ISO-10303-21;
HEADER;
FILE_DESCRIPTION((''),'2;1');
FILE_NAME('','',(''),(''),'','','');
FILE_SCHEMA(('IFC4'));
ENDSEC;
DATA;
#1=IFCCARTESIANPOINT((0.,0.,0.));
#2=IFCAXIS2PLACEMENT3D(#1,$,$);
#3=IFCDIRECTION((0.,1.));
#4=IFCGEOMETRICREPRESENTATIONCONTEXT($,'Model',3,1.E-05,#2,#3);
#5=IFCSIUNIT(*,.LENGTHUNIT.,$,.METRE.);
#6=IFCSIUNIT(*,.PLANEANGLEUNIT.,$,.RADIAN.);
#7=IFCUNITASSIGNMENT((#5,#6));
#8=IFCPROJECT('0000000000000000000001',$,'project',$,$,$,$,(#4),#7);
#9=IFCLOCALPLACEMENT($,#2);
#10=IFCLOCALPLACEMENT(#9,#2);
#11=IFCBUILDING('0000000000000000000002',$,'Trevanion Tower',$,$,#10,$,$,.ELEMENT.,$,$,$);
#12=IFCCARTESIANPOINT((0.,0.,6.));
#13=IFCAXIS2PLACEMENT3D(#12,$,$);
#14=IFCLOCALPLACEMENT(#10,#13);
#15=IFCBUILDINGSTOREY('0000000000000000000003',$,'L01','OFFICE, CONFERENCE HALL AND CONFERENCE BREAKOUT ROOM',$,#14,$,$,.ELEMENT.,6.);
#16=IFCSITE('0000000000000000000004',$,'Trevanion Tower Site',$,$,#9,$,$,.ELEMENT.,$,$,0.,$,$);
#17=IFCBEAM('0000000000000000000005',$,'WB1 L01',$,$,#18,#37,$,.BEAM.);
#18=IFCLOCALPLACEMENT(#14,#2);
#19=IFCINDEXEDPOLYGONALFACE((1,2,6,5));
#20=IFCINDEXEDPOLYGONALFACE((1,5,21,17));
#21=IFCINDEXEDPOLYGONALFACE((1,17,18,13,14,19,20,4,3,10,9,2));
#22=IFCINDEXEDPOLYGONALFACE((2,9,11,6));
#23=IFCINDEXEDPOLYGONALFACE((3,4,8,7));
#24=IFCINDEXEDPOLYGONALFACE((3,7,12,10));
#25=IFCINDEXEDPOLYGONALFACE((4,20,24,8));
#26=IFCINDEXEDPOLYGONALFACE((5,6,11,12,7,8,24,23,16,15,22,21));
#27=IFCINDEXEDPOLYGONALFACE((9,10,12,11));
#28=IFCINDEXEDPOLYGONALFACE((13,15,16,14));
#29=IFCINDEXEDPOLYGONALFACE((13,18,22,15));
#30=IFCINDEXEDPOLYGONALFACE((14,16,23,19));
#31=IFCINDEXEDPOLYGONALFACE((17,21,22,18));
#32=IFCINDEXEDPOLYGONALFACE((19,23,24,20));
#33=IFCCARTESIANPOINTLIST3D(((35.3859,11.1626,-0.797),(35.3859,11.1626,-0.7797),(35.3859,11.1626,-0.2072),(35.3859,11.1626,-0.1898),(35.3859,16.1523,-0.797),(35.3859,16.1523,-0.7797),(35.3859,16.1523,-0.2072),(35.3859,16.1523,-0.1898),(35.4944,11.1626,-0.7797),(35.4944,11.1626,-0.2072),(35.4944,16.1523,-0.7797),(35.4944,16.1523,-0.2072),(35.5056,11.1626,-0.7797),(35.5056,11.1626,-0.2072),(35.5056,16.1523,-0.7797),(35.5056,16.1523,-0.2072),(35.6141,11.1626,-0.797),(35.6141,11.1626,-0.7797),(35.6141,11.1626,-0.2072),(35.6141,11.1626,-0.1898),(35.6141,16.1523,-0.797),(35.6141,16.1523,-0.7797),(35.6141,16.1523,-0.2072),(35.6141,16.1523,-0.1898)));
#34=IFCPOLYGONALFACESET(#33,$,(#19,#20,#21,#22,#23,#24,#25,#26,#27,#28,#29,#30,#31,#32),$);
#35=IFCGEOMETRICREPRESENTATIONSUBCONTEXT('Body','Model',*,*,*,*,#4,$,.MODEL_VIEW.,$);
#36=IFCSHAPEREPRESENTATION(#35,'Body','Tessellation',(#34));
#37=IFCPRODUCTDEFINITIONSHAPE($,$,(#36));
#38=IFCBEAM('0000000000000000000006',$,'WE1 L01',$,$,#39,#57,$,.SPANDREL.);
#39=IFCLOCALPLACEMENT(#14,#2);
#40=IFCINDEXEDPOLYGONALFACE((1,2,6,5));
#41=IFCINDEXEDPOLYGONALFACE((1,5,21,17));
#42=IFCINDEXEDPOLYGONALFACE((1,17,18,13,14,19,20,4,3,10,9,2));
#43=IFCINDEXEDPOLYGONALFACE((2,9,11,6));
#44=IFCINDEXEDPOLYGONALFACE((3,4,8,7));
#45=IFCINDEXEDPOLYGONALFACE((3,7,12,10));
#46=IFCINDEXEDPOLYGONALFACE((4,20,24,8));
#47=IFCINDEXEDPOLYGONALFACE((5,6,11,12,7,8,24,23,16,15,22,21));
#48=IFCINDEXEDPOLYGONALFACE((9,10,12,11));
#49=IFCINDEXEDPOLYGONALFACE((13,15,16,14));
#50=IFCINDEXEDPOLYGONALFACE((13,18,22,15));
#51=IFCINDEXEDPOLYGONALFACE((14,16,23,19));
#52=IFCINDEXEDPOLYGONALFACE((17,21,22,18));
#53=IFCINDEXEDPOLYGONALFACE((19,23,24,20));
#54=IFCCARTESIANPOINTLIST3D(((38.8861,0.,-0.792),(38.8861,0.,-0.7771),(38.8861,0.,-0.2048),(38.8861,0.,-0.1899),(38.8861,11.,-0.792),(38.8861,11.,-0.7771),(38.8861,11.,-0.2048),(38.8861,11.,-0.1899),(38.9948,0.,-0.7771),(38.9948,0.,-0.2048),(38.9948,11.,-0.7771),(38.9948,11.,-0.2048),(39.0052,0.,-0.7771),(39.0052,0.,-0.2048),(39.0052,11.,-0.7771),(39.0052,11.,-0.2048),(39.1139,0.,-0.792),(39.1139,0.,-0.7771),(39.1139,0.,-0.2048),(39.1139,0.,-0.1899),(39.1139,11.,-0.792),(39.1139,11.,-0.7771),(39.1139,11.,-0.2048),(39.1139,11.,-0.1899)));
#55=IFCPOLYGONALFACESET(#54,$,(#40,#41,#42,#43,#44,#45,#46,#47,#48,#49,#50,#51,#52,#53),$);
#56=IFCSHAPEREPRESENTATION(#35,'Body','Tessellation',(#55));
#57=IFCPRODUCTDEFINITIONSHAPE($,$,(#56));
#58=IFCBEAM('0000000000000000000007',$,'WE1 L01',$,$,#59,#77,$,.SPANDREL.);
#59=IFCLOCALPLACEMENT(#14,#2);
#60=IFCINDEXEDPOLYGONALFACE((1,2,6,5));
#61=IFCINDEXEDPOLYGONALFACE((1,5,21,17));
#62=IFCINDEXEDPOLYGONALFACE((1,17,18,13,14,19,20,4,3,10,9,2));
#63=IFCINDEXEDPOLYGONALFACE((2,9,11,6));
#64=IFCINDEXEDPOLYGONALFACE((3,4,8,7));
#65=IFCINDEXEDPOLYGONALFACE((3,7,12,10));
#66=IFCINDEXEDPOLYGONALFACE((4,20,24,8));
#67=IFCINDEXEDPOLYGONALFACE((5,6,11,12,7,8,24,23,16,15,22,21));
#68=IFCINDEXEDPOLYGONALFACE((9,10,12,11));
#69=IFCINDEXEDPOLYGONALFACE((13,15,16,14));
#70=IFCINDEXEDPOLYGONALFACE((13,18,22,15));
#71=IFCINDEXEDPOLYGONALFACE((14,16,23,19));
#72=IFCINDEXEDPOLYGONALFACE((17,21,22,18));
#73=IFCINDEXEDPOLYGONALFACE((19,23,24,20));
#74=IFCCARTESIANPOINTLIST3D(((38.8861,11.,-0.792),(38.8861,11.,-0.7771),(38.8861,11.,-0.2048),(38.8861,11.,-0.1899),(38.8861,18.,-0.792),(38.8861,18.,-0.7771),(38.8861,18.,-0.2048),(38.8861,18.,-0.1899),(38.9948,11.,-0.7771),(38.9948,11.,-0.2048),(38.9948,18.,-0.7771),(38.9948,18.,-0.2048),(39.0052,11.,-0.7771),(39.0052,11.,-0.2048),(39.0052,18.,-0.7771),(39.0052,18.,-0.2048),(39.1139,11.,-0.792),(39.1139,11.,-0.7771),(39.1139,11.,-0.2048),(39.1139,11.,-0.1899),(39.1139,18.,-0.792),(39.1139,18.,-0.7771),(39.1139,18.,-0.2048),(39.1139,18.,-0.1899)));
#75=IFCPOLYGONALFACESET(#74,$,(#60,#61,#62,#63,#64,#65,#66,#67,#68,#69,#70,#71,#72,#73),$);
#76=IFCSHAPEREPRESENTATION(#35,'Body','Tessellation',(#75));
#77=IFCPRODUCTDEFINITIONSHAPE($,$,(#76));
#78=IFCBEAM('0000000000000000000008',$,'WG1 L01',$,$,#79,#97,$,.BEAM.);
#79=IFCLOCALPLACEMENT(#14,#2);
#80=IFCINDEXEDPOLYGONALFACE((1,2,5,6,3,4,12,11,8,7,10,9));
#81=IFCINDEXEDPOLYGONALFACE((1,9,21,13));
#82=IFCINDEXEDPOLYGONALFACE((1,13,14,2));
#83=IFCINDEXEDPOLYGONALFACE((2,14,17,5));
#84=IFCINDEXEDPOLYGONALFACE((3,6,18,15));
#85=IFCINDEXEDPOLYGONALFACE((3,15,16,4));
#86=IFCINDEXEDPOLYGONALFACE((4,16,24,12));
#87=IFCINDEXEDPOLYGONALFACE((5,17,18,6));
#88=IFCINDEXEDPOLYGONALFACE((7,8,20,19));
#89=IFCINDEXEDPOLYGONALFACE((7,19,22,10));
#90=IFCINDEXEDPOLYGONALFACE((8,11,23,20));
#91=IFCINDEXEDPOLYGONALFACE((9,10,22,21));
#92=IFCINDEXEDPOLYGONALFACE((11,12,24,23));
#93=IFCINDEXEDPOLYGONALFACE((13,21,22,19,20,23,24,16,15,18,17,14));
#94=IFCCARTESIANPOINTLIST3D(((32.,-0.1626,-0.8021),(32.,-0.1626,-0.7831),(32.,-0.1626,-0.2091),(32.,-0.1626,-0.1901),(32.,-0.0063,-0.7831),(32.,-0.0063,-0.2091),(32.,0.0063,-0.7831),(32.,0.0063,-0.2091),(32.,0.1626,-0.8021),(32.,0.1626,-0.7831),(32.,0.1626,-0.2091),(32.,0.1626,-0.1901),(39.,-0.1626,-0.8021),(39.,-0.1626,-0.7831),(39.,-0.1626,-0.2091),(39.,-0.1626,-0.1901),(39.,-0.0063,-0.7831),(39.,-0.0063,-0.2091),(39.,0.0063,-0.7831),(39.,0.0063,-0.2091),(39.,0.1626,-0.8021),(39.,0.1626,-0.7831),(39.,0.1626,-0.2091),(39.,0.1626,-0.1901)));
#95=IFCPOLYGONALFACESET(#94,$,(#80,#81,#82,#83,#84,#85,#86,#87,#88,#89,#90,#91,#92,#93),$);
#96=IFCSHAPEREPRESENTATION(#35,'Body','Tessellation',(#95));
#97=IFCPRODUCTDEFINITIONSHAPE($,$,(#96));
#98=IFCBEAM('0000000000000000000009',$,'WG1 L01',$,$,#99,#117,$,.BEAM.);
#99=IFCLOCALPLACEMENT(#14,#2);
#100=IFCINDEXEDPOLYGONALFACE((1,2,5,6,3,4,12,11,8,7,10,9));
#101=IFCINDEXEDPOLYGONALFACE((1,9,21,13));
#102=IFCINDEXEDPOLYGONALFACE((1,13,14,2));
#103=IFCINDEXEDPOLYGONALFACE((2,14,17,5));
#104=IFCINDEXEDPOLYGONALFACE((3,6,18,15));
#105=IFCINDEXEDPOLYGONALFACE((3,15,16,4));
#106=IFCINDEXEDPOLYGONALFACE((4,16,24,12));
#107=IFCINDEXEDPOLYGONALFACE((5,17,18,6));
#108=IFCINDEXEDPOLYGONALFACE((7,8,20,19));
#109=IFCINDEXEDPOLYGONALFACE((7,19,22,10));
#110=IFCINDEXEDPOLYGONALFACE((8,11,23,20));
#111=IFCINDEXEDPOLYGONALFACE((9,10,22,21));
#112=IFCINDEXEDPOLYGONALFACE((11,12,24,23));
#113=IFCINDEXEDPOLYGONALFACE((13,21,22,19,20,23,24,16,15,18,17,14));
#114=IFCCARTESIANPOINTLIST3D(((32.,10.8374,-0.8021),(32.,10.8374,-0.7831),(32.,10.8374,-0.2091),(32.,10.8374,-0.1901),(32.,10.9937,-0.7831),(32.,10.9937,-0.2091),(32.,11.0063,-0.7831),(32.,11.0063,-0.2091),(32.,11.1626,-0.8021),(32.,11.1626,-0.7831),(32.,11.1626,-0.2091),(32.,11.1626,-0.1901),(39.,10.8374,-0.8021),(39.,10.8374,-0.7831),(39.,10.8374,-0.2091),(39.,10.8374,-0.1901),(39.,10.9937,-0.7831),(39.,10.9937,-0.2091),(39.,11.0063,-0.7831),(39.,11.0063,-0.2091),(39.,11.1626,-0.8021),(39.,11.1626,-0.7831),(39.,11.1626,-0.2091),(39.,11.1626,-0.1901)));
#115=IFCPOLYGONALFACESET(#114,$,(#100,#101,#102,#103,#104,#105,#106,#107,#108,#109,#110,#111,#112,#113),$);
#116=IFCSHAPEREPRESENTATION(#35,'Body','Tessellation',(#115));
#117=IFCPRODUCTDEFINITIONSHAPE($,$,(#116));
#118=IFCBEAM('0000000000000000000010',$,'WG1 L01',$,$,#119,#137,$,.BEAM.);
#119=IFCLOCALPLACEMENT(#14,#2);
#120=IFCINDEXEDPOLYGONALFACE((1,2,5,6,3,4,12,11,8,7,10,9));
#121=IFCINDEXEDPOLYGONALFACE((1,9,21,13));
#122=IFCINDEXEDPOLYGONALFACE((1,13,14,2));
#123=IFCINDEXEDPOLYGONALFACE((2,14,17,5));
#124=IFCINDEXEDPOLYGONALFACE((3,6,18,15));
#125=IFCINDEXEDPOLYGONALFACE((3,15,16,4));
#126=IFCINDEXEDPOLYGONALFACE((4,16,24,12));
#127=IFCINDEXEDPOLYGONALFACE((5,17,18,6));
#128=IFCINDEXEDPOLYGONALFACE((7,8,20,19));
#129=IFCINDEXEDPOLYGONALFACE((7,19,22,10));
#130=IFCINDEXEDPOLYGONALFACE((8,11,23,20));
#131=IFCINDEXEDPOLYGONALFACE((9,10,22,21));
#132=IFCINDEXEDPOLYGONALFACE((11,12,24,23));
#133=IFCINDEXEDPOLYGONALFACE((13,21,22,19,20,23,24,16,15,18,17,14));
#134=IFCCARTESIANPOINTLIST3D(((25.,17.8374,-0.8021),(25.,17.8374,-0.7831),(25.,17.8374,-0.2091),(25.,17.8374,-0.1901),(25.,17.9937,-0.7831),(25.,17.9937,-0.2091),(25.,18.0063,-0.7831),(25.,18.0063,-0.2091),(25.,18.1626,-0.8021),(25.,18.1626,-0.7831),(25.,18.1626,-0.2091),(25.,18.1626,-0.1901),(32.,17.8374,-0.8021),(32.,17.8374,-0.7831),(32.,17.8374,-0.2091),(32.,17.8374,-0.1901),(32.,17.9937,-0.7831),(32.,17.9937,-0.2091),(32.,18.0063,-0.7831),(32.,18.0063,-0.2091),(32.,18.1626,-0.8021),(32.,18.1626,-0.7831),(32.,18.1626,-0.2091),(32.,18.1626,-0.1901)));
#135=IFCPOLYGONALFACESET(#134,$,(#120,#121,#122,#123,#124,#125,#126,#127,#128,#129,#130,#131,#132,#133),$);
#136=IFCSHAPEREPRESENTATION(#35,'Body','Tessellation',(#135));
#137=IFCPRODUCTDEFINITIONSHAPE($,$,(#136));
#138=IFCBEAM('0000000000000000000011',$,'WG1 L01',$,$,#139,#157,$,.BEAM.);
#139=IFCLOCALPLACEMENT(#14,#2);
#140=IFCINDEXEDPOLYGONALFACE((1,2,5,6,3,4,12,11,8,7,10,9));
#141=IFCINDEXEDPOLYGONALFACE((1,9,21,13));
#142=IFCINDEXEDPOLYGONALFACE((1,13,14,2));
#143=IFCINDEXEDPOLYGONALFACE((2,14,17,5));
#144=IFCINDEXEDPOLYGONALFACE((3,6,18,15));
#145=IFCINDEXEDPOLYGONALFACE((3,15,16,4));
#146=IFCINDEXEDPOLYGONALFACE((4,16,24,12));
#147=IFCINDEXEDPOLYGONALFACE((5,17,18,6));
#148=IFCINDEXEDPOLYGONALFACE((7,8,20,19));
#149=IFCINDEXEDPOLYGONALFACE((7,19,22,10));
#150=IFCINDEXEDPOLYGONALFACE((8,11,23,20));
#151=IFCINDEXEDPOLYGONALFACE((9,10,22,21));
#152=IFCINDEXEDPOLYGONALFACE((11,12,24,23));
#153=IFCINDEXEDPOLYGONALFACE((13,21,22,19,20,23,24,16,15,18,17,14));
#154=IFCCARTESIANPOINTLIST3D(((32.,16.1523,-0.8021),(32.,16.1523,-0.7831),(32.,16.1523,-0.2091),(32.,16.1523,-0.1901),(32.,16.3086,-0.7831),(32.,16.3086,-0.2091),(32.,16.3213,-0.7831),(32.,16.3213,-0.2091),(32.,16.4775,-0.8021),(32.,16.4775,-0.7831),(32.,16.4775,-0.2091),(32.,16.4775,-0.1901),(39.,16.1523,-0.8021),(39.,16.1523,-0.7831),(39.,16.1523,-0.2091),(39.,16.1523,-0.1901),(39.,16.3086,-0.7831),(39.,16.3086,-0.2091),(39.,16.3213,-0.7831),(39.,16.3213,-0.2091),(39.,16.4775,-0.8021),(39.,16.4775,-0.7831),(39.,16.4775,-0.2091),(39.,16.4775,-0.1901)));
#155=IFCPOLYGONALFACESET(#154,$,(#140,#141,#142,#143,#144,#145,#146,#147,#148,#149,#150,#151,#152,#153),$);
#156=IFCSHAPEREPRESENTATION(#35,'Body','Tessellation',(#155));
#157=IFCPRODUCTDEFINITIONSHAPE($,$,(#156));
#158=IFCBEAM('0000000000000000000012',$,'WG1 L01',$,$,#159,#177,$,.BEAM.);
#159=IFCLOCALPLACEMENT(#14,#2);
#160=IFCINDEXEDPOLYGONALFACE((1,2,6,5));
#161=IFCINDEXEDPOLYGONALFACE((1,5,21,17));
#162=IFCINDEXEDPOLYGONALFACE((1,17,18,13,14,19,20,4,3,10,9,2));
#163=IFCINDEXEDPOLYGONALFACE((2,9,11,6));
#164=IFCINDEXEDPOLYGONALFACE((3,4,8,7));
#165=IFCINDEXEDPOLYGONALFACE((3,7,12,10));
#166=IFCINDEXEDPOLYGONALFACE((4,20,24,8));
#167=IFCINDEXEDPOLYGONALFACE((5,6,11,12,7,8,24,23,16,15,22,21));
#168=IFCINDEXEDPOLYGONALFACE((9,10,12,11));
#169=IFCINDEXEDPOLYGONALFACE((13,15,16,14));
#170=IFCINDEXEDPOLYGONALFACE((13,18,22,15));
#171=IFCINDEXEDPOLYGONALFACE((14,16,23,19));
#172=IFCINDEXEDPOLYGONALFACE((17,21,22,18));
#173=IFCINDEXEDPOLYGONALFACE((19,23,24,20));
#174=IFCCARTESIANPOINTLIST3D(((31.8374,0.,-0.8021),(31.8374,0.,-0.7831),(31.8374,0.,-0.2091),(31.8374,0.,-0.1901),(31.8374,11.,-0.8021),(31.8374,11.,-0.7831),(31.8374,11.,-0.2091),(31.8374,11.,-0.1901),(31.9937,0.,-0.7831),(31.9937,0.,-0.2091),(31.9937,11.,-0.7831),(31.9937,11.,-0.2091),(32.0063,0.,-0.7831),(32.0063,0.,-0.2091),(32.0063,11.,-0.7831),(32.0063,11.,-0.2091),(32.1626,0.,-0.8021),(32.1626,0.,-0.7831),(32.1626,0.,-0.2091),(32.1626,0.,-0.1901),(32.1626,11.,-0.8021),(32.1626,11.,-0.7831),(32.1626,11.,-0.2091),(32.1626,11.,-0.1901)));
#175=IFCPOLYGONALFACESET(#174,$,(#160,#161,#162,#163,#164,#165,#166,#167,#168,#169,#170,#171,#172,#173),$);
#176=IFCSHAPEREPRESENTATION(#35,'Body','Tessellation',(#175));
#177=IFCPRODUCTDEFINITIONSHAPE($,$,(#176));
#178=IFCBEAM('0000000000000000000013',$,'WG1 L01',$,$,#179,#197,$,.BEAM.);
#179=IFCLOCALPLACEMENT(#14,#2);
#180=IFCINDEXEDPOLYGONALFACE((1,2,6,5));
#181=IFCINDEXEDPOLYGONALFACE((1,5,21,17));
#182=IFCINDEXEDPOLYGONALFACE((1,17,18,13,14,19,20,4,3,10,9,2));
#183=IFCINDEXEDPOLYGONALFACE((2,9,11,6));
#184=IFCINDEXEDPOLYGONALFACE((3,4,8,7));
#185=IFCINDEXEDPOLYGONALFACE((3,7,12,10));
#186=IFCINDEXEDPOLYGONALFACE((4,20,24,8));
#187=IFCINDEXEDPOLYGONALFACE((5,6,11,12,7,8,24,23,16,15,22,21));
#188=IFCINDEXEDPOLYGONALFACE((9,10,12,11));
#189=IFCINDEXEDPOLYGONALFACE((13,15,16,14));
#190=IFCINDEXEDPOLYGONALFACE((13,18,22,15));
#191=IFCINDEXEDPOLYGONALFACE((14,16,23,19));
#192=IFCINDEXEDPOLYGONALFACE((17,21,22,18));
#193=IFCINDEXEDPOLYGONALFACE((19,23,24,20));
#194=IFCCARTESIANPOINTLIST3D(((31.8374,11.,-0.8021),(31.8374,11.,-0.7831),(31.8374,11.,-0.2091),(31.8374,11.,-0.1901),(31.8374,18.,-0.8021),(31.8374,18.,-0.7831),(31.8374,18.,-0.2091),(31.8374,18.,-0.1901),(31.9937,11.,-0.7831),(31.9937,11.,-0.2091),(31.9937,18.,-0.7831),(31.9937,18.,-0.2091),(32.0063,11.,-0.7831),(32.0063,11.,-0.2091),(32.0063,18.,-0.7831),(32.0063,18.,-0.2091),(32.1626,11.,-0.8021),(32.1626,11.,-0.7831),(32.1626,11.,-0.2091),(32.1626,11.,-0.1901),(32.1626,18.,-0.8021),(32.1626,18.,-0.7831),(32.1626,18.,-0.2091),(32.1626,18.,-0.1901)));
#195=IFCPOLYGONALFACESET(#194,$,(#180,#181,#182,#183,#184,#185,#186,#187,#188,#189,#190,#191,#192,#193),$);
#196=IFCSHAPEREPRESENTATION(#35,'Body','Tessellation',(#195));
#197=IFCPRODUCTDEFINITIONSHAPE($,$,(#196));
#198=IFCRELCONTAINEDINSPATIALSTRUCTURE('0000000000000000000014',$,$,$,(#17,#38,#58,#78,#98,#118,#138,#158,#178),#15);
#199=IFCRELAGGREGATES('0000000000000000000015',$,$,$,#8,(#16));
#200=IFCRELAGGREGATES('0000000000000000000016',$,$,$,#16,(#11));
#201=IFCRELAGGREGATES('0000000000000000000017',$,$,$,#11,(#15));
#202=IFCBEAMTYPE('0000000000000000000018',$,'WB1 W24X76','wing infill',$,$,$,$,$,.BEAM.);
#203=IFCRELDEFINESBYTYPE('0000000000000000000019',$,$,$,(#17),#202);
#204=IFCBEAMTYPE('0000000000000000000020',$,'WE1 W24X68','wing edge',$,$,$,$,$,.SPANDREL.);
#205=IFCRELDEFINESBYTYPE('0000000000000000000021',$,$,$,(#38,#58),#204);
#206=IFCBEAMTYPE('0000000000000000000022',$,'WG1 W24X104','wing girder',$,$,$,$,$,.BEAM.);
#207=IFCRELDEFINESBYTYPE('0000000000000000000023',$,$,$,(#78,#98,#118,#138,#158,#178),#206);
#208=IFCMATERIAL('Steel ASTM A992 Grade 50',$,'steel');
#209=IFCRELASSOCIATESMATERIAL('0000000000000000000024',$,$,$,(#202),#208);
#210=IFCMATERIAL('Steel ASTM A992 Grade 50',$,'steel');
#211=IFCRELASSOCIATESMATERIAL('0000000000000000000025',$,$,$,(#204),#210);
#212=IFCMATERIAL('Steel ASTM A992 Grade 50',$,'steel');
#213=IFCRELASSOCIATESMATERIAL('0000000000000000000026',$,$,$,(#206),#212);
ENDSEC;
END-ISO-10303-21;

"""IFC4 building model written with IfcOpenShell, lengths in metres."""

from ifc_helpers import new_model, si_unit, direction, frame, origin, origin_2d, place, context, subcontext, project, spatial, i_section, extrude, material, material_profile, profile_set, type_object, element, save


model = new_model("IFC4")

# Units and contexts
model_context = context("Model", 3, precision=1e-05, world=origin(), true_north=direction((0.0, 1.0)))
body_context = subcontext(model_context, "Body", "Model", "MODEL_VIEW")
ifc_project = project(units=[si_unit("LENGTHUNIT", "METRE"), si_unit("PLANEANGLEUNIT", "RADIAN")], contexts=[model_context])

# Site, building, storey
site_placement = place(None, origin())
site = spatial("IfcSite", under=ifc_project, at=site_placement, Name="Trevanion Tower Site", CompositionType="ELEMENT", RefElevation=0.0)
building_placement = place(site_placement, origin())
building = spatial("IfcBuilding", under=site, at=building_placement, Name="Trevanion Tower", CompositionType="ELEMENT")
storey_placement = place(building_placement, frame((0.0, 0.0, 6.0)))
storey = spatial("IfcBuildingStorey", under=building, at=storey_placement, Name="L01", Description="OFFICE, CONFERENCE HALL AND CONFERENCE BREAKOUT ROOM", CompositionType="ELEMENT", Elevation=6.0)

# Beams
ifc_material_1 = material(Name="Steel ASTM A992 Grade 50", Category="steel")
ifc_material_profile_1 = material_profile(ifc_material_1, i_section(OverallWidth=0.2283, OverallDepth=0.6072, WebThickness=0.0112, FlangeThickness=0.0173, at=origin_2d()), Name="W24X76")
ifc_profile_set_1 = profile_set([ifc_material_profile_1], Name="Steel ASTM A992 Grade 50")
beam_type_1 = type_object("IfcBeamType", Name="WB1 W24X76", Description="wing infill", PredefinedType="BEAM", material=ifc_profile_set_1)
beam_1_placement = place(storey_placement, frame((35.5, 11.1626, -0.4934), z_axis=(0.0, 1.0, 0.0), x_axis=(-1.0, 0.0, 0.0)))
element("IfcBeam", 1, at=beam_1_placement, inside=storey, type_object=beam_type_1, Name="WB1 L01", PredefinedType="BEAM", context=body_context, shape_type="SweptSolid", body=[
    extrude(i_section(OverallWidth=0.2283, OverallDepth=0.6072, WebThickness=0.0112, FlangeThickness=0.0173, at=origin_2d()), origin(), (0.0, 0.0, 1.0), 4.9897),
])
ifc_material_2 = material(Name="Steel ASTM A992 Grade 50", Category="steel")
ifc_material_profile_2 = material_profile(ifc_material_2, i_section(OverallWidth=0.2278, OverallDepth=0.6021, WebThickness=0.0105, FlangeThickness=0.0149, at=origin_2d()), Name="W24X68")
ifc_profile_set_2 = profile_set([ifc_material_profile_2], Name="Steel ASTM A992 Grade 50")
beam_type_2 = type_object("IfcBeamType", Name="WE1 W24X68", Description="wing edge", PredefinedType="SPANDREL", material=ifc_profile_set_2)
beam_2_placement = place(storey_placement, frame((39.0, 0.0, -0.491), z_axis=(0.0, 1.0, 0.0), x_axis=(-1.0, 0.0, 0.0)))
element("IfcBeam", 2, at=beam_2_placement, inside=storey, type_object=beam_type_2, Name="WE1 L01", PredefinedType="SPANDREL", context=body_context, shape_type="SweptSolid", body=[
    extrude(i_section(OverallWidth=0.2278, OverallDepth=0.6021, WebThickness=0.0105, FlangeThickness=0.0149, at=origin_2d()), origin(), (0.0, 0.0, 1.0), 11.0),
])
beam_3_placement = place(storey_placement, frame((39.0, 11.0, -0.491), z_axis=(0.0, 1.0, 0.0), x_axis=(-1.0, 0.0, 0.0)))
element("IfcBeam", 3, at=beam_3_placement, inside=storey, type_object=beam_type_2, Name="WE1 L01", PredefinedType="SPANDREL", context=body_context, shape_type="SweptSolid", body=[
    extrude(i_section(OverallWidth=0.2278, OverallDepth=0.6021, WebThickness=0.0105, FlangeThickness=0.0149, at=origin_2d()), origin(), (0.0, 0.0, 1.0), 7.0),
])
ifc_material_3 = material(Name="Steel ASTM A992 Grade 50", Category="steel")
ifc_material_profile_3 = material_profile(ifc_material_3, i_section(OverallWidth=0.3252, OverallDepth=0.6121, WebThickness=0.0127, FlangeThickness=0.019, at=origin_2d()), Name="W24X104")
ifc_profile_set_3 = profile_set([ifc_material_profile_3], Name="Steel ASTM A992 Grade 50")
beam_type_3 = type_object("IfcBeamType", Name="WG1 W24X104", Description="wing girder", PredefinedType="BEAM", material=ifc_profile_set_3)
for number, where, z_axis, x_axis, name in (
    (4, (32.0, 0.0, -0.4961), (1.0, 0.0, 0.0), (0.0, 1.0, 0.0), "WG1 L01"),
    (5, (32.0, 11.0, -0.4961), (1.0, 0.0, 0.0), (0.0, 1.0, 0.0), "WG1 L01"),
    (6, (25.0, 18.0, -0.4961), (1.0, 0.0, 0.0), (0.0, 1.0, 0.0), "WG1 L01"),
    (7, (32.0, 16.3149, -0.4961), (1.0, 0.0, 0.0), (0.0, 1.0, 0.0), "WG1 L01"),
):
    element("IfcBeam", number, at=place(storey_placement, frame(where, z_axis=z_axis, x_axis=x_axis)), inside=storey, type_object=beam_type_3, Name=name, PredefinedType="BEAM", context=body_context, shape_type="SweptSolid", body=[
        extrude(i_section(OverallWidth=0.3252, OverallDepth=0.6121, WebThickness=0.0127, FlangeThickness=0.019, at=origin_2d()), origin(), (0.0, 0.0, 1.0), 7.0),
    ])
beam_4_placement = place(storey_placement, frame((32.0, 0.0, -0.4961), z_axis=(0.0, 1.0, 0.0), x_axis=(-1.0, 0.0, 0.0)))
element("IfcBeam", 8, at=beam_4_placement, inside=storey, type_object=beam_type_3, Name="WG1 L01", PredefinedType="BEAM", context=body_context, shape_type="SweptSolid", body=[
    extrude(i_section(OverallWidth=0.3252, OverallDepth=0.6121, WebThickness=0.0127, FlangeThickness=0.019, at=origin_2d()), origin(), (0.0, 0.0, 1.0), 11.0),
])
beam_5_placement = place(storey_placement, frame((32.0, 11.0, -0.4961), z_axis=(0.0, 1.0, 0.0), x_axis=(-1.0, 0.0, 0.0)))
element("IfcBeam", 9, at=beam_5_placement, inside=storey, type_object=beam_type_3, Name="WG1 L01", PredefinedType="BEAM", context=body_context, shape_type="SweptSolid", body=[
    extrude(i_section(OverallWidth=0.3252, OverallDepth=0.6121, WebThickness=0.0127, FlangeThickness=0.019, at=origin_2d()), origin(), (0.0, 0.0, 1.0), 7.0),
])

save(model, "model.ifc")
